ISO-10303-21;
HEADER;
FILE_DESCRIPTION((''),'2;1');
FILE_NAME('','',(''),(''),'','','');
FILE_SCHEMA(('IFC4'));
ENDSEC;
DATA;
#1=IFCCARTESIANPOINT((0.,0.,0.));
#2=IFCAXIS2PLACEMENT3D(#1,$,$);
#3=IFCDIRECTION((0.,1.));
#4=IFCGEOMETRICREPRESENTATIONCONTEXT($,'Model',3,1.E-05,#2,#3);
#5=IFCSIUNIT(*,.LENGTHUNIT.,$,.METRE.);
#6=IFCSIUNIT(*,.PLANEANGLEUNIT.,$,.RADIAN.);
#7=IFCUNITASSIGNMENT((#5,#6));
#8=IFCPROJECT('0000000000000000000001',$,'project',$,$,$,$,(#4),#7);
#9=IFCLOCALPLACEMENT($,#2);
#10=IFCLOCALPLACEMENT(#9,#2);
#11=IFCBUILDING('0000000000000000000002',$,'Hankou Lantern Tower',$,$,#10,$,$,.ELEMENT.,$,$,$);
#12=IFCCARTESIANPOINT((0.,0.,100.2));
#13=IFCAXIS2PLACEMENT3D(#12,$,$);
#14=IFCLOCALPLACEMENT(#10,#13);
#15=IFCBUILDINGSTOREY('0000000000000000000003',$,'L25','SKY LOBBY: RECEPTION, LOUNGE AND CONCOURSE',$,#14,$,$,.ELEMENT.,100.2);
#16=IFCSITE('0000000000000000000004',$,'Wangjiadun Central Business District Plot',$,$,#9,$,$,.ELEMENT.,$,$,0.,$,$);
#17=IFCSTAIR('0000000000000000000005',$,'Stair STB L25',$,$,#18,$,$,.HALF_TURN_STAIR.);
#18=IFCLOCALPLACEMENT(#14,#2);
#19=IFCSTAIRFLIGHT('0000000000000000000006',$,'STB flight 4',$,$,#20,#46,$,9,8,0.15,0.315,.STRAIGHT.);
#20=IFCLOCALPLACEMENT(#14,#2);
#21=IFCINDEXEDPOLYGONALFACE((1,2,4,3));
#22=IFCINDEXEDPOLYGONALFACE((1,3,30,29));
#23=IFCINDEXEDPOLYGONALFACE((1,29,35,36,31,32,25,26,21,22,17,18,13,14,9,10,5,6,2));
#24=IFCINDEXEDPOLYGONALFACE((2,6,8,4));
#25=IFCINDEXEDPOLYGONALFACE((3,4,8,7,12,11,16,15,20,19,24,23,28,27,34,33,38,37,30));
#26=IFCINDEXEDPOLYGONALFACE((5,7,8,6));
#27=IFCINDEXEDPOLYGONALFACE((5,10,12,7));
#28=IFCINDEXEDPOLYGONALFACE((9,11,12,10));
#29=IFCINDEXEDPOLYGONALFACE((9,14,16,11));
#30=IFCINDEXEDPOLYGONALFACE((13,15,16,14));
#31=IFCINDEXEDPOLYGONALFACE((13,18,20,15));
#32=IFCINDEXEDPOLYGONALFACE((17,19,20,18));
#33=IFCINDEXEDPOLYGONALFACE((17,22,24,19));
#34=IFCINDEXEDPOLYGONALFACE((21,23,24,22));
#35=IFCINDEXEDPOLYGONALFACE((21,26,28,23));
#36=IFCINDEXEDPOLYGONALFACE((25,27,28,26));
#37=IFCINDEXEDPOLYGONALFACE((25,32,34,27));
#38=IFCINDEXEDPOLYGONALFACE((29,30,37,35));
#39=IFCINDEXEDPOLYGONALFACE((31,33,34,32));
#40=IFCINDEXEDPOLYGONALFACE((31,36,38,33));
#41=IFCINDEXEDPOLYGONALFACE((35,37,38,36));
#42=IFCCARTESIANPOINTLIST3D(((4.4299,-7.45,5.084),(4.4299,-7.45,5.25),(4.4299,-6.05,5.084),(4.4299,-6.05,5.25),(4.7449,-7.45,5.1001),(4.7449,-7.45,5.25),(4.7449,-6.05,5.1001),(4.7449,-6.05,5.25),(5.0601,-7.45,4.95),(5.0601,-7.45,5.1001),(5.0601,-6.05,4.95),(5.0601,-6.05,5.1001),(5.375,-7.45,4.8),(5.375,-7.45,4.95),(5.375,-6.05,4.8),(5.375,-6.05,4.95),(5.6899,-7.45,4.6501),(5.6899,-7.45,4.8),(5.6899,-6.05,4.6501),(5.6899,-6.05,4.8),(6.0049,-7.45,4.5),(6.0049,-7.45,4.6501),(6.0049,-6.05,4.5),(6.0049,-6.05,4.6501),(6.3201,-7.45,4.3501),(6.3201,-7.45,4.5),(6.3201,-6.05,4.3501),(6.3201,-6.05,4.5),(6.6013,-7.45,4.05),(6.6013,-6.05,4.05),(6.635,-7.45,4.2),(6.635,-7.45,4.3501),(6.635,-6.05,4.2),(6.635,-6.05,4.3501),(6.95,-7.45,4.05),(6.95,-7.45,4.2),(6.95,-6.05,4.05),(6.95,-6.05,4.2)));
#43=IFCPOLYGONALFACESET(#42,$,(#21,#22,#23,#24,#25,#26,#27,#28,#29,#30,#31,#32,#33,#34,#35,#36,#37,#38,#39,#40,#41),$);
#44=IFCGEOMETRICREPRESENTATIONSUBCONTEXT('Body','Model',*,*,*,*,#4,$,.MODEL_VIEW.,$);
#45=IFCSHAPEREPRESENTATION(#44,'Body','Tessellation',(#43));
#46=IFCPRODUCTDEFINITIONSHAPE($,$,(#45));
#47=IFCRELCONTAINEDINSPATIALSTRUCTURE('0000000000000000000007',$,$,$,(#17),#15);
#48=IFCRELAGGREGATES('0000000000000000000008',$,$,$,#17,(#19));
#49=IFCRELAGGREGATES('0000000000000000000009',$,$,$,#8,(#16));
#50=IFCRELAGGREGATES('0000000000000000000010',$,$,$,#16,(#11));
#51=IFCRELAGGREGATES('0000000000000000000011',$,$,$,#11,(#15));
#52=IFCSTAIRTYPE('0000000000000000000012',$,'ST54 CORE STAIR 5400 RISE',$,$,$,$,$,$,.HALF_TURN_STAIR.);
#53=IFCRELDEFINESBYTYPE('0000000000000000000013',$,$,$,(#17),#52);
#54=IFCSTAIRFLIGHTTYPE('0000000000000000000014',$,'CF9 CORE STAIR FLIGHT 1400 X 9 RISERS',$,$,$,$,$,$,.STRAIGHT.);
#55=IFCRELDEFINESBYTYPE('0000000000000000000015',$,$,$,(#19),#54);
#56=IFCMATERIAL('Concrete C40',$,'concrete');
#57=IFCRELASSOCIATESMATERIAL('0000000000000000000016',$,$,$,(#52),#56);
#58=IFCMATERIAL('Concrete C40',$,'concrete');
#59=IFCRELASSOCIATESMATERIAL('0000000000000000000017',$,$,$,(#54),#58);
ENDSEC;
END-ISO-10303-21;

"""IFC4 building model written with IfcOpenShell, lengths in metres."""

from ifc_helpers import new_model, si_unit, direction, frame, origin, place, context, subcontext, project, spatial, polyline, outline, extrude, material, type_object, element, aggregate, save


model = new_model("IFC4")

# Units and contexts
model_context = context("Model", 3, precision=1e-05, world=origin(), true_north=direction((0.0, 1.0)))
body_context = subcontext(model_context, "Body", "Model", "MODEL_VIEW")
ifc_project = project(units=[si_unit("LENGTHUNIT", "METRE"), si_unit("PLANEANGLEUNIT", "RADIAN")], contexts=[model_context])

# Site, building, storey
site_placement = place(None, origin())
site = spatial("IfcSite", under=ifc_project, at=site_placement, Name="Wangjiadun Central Business District Plot", CompositionType="ELEMENT", RefElevation=0.0)
building_placement = place(site_placement, origin())
building = spatial("IfcBuilding", under=site, at=building_placement, Name="Hankou Lantern Tower", CompositionType="ELEMENT")
storey_placement = place(building_placement, frame((0.0, 0.0, 100.2)))
storey = spatial("IfcBuildingStorey", under=building, at=storey_placement, Name="L25", Description="SKY LOBBY: RECEPTION, LOUNGE AND CONCOURSE", CompositionType="ELEMENT", Elevation=100.2)

# Stair, stair flight
ifc_material_1 = material(Name="Concrete C40", Category="concrete")
stair_type = type_object("IfcStairType", Name="ST54 CORE STAIR 5400 RISE", PredefinedType="HALF_TURN_STAIR", material=ifc_material_1)
stair_placement = place(storey_placement, origin())
stair = element("IfcStair", 1, at=stair_placement, inside=storey, type_object=stair_type, Name="Stair STB L25", PredefinedType="HALF_TURN_STAIR")
ifc_material_2 = material(Name="Concrete C40", Category="concrete")
stair_flight_type = type_object("IfcStairFlightType", Name="CF9 CORE STAIR FLIGHT 1400 X 9 RISERS", PredefinedType="STRAIGHT", material=ifc_material_2)
stair_flight_placement = place(storey_placement, frame((6.95, -6.75, 4.05), z_axis=(0.0, 0.0, 1.0), x_axis=(-1.0, 0.0, 0.0)))
stair_flight = element("IfcStairFlight", 2, at=stair_flight_placement, type_object=stair_flight_type, Name="STB flight 4", NumberOfRisers=9, NumberOfTreads=8, PredefinedType="STRAIGHT", RiserHeight=0.15, TreadLength=0.315, context=body_context, shape_type="SweptSolid", body=[
    extrude(outline(polyline([(0.0, 0.0), (0.0, 0.1499), (0.3149, 0.1499), (0.3149, 0.3), (0.6299, 0.3), (0.6299, 0.45), (0.9451, 0.45), (0.9451, 0.6001), (1.26, 0.6001), (1.26, 0.75), (1.575, 0.75), (1.575, 0.8999), (1.8899, 0.8999), (1.8899, 1.05), (2.2051, 1.05), (2.2051, 1.2), (2.52, 1.2), (2.52, 1.3501), (2.52, 1.0339), (0.3486, 0.0), (0.0, 0.0)])), frame((0.0, 0.7, 0.0), z_axis=(0.0, -1.0, 0.0), x_axis=(1.0, 0.0, 0.0)), (0.0, 0.0, 1.0), 1.3999),
])
aggregate(stair, [stair_flight])

save(model, "model.ifc")
